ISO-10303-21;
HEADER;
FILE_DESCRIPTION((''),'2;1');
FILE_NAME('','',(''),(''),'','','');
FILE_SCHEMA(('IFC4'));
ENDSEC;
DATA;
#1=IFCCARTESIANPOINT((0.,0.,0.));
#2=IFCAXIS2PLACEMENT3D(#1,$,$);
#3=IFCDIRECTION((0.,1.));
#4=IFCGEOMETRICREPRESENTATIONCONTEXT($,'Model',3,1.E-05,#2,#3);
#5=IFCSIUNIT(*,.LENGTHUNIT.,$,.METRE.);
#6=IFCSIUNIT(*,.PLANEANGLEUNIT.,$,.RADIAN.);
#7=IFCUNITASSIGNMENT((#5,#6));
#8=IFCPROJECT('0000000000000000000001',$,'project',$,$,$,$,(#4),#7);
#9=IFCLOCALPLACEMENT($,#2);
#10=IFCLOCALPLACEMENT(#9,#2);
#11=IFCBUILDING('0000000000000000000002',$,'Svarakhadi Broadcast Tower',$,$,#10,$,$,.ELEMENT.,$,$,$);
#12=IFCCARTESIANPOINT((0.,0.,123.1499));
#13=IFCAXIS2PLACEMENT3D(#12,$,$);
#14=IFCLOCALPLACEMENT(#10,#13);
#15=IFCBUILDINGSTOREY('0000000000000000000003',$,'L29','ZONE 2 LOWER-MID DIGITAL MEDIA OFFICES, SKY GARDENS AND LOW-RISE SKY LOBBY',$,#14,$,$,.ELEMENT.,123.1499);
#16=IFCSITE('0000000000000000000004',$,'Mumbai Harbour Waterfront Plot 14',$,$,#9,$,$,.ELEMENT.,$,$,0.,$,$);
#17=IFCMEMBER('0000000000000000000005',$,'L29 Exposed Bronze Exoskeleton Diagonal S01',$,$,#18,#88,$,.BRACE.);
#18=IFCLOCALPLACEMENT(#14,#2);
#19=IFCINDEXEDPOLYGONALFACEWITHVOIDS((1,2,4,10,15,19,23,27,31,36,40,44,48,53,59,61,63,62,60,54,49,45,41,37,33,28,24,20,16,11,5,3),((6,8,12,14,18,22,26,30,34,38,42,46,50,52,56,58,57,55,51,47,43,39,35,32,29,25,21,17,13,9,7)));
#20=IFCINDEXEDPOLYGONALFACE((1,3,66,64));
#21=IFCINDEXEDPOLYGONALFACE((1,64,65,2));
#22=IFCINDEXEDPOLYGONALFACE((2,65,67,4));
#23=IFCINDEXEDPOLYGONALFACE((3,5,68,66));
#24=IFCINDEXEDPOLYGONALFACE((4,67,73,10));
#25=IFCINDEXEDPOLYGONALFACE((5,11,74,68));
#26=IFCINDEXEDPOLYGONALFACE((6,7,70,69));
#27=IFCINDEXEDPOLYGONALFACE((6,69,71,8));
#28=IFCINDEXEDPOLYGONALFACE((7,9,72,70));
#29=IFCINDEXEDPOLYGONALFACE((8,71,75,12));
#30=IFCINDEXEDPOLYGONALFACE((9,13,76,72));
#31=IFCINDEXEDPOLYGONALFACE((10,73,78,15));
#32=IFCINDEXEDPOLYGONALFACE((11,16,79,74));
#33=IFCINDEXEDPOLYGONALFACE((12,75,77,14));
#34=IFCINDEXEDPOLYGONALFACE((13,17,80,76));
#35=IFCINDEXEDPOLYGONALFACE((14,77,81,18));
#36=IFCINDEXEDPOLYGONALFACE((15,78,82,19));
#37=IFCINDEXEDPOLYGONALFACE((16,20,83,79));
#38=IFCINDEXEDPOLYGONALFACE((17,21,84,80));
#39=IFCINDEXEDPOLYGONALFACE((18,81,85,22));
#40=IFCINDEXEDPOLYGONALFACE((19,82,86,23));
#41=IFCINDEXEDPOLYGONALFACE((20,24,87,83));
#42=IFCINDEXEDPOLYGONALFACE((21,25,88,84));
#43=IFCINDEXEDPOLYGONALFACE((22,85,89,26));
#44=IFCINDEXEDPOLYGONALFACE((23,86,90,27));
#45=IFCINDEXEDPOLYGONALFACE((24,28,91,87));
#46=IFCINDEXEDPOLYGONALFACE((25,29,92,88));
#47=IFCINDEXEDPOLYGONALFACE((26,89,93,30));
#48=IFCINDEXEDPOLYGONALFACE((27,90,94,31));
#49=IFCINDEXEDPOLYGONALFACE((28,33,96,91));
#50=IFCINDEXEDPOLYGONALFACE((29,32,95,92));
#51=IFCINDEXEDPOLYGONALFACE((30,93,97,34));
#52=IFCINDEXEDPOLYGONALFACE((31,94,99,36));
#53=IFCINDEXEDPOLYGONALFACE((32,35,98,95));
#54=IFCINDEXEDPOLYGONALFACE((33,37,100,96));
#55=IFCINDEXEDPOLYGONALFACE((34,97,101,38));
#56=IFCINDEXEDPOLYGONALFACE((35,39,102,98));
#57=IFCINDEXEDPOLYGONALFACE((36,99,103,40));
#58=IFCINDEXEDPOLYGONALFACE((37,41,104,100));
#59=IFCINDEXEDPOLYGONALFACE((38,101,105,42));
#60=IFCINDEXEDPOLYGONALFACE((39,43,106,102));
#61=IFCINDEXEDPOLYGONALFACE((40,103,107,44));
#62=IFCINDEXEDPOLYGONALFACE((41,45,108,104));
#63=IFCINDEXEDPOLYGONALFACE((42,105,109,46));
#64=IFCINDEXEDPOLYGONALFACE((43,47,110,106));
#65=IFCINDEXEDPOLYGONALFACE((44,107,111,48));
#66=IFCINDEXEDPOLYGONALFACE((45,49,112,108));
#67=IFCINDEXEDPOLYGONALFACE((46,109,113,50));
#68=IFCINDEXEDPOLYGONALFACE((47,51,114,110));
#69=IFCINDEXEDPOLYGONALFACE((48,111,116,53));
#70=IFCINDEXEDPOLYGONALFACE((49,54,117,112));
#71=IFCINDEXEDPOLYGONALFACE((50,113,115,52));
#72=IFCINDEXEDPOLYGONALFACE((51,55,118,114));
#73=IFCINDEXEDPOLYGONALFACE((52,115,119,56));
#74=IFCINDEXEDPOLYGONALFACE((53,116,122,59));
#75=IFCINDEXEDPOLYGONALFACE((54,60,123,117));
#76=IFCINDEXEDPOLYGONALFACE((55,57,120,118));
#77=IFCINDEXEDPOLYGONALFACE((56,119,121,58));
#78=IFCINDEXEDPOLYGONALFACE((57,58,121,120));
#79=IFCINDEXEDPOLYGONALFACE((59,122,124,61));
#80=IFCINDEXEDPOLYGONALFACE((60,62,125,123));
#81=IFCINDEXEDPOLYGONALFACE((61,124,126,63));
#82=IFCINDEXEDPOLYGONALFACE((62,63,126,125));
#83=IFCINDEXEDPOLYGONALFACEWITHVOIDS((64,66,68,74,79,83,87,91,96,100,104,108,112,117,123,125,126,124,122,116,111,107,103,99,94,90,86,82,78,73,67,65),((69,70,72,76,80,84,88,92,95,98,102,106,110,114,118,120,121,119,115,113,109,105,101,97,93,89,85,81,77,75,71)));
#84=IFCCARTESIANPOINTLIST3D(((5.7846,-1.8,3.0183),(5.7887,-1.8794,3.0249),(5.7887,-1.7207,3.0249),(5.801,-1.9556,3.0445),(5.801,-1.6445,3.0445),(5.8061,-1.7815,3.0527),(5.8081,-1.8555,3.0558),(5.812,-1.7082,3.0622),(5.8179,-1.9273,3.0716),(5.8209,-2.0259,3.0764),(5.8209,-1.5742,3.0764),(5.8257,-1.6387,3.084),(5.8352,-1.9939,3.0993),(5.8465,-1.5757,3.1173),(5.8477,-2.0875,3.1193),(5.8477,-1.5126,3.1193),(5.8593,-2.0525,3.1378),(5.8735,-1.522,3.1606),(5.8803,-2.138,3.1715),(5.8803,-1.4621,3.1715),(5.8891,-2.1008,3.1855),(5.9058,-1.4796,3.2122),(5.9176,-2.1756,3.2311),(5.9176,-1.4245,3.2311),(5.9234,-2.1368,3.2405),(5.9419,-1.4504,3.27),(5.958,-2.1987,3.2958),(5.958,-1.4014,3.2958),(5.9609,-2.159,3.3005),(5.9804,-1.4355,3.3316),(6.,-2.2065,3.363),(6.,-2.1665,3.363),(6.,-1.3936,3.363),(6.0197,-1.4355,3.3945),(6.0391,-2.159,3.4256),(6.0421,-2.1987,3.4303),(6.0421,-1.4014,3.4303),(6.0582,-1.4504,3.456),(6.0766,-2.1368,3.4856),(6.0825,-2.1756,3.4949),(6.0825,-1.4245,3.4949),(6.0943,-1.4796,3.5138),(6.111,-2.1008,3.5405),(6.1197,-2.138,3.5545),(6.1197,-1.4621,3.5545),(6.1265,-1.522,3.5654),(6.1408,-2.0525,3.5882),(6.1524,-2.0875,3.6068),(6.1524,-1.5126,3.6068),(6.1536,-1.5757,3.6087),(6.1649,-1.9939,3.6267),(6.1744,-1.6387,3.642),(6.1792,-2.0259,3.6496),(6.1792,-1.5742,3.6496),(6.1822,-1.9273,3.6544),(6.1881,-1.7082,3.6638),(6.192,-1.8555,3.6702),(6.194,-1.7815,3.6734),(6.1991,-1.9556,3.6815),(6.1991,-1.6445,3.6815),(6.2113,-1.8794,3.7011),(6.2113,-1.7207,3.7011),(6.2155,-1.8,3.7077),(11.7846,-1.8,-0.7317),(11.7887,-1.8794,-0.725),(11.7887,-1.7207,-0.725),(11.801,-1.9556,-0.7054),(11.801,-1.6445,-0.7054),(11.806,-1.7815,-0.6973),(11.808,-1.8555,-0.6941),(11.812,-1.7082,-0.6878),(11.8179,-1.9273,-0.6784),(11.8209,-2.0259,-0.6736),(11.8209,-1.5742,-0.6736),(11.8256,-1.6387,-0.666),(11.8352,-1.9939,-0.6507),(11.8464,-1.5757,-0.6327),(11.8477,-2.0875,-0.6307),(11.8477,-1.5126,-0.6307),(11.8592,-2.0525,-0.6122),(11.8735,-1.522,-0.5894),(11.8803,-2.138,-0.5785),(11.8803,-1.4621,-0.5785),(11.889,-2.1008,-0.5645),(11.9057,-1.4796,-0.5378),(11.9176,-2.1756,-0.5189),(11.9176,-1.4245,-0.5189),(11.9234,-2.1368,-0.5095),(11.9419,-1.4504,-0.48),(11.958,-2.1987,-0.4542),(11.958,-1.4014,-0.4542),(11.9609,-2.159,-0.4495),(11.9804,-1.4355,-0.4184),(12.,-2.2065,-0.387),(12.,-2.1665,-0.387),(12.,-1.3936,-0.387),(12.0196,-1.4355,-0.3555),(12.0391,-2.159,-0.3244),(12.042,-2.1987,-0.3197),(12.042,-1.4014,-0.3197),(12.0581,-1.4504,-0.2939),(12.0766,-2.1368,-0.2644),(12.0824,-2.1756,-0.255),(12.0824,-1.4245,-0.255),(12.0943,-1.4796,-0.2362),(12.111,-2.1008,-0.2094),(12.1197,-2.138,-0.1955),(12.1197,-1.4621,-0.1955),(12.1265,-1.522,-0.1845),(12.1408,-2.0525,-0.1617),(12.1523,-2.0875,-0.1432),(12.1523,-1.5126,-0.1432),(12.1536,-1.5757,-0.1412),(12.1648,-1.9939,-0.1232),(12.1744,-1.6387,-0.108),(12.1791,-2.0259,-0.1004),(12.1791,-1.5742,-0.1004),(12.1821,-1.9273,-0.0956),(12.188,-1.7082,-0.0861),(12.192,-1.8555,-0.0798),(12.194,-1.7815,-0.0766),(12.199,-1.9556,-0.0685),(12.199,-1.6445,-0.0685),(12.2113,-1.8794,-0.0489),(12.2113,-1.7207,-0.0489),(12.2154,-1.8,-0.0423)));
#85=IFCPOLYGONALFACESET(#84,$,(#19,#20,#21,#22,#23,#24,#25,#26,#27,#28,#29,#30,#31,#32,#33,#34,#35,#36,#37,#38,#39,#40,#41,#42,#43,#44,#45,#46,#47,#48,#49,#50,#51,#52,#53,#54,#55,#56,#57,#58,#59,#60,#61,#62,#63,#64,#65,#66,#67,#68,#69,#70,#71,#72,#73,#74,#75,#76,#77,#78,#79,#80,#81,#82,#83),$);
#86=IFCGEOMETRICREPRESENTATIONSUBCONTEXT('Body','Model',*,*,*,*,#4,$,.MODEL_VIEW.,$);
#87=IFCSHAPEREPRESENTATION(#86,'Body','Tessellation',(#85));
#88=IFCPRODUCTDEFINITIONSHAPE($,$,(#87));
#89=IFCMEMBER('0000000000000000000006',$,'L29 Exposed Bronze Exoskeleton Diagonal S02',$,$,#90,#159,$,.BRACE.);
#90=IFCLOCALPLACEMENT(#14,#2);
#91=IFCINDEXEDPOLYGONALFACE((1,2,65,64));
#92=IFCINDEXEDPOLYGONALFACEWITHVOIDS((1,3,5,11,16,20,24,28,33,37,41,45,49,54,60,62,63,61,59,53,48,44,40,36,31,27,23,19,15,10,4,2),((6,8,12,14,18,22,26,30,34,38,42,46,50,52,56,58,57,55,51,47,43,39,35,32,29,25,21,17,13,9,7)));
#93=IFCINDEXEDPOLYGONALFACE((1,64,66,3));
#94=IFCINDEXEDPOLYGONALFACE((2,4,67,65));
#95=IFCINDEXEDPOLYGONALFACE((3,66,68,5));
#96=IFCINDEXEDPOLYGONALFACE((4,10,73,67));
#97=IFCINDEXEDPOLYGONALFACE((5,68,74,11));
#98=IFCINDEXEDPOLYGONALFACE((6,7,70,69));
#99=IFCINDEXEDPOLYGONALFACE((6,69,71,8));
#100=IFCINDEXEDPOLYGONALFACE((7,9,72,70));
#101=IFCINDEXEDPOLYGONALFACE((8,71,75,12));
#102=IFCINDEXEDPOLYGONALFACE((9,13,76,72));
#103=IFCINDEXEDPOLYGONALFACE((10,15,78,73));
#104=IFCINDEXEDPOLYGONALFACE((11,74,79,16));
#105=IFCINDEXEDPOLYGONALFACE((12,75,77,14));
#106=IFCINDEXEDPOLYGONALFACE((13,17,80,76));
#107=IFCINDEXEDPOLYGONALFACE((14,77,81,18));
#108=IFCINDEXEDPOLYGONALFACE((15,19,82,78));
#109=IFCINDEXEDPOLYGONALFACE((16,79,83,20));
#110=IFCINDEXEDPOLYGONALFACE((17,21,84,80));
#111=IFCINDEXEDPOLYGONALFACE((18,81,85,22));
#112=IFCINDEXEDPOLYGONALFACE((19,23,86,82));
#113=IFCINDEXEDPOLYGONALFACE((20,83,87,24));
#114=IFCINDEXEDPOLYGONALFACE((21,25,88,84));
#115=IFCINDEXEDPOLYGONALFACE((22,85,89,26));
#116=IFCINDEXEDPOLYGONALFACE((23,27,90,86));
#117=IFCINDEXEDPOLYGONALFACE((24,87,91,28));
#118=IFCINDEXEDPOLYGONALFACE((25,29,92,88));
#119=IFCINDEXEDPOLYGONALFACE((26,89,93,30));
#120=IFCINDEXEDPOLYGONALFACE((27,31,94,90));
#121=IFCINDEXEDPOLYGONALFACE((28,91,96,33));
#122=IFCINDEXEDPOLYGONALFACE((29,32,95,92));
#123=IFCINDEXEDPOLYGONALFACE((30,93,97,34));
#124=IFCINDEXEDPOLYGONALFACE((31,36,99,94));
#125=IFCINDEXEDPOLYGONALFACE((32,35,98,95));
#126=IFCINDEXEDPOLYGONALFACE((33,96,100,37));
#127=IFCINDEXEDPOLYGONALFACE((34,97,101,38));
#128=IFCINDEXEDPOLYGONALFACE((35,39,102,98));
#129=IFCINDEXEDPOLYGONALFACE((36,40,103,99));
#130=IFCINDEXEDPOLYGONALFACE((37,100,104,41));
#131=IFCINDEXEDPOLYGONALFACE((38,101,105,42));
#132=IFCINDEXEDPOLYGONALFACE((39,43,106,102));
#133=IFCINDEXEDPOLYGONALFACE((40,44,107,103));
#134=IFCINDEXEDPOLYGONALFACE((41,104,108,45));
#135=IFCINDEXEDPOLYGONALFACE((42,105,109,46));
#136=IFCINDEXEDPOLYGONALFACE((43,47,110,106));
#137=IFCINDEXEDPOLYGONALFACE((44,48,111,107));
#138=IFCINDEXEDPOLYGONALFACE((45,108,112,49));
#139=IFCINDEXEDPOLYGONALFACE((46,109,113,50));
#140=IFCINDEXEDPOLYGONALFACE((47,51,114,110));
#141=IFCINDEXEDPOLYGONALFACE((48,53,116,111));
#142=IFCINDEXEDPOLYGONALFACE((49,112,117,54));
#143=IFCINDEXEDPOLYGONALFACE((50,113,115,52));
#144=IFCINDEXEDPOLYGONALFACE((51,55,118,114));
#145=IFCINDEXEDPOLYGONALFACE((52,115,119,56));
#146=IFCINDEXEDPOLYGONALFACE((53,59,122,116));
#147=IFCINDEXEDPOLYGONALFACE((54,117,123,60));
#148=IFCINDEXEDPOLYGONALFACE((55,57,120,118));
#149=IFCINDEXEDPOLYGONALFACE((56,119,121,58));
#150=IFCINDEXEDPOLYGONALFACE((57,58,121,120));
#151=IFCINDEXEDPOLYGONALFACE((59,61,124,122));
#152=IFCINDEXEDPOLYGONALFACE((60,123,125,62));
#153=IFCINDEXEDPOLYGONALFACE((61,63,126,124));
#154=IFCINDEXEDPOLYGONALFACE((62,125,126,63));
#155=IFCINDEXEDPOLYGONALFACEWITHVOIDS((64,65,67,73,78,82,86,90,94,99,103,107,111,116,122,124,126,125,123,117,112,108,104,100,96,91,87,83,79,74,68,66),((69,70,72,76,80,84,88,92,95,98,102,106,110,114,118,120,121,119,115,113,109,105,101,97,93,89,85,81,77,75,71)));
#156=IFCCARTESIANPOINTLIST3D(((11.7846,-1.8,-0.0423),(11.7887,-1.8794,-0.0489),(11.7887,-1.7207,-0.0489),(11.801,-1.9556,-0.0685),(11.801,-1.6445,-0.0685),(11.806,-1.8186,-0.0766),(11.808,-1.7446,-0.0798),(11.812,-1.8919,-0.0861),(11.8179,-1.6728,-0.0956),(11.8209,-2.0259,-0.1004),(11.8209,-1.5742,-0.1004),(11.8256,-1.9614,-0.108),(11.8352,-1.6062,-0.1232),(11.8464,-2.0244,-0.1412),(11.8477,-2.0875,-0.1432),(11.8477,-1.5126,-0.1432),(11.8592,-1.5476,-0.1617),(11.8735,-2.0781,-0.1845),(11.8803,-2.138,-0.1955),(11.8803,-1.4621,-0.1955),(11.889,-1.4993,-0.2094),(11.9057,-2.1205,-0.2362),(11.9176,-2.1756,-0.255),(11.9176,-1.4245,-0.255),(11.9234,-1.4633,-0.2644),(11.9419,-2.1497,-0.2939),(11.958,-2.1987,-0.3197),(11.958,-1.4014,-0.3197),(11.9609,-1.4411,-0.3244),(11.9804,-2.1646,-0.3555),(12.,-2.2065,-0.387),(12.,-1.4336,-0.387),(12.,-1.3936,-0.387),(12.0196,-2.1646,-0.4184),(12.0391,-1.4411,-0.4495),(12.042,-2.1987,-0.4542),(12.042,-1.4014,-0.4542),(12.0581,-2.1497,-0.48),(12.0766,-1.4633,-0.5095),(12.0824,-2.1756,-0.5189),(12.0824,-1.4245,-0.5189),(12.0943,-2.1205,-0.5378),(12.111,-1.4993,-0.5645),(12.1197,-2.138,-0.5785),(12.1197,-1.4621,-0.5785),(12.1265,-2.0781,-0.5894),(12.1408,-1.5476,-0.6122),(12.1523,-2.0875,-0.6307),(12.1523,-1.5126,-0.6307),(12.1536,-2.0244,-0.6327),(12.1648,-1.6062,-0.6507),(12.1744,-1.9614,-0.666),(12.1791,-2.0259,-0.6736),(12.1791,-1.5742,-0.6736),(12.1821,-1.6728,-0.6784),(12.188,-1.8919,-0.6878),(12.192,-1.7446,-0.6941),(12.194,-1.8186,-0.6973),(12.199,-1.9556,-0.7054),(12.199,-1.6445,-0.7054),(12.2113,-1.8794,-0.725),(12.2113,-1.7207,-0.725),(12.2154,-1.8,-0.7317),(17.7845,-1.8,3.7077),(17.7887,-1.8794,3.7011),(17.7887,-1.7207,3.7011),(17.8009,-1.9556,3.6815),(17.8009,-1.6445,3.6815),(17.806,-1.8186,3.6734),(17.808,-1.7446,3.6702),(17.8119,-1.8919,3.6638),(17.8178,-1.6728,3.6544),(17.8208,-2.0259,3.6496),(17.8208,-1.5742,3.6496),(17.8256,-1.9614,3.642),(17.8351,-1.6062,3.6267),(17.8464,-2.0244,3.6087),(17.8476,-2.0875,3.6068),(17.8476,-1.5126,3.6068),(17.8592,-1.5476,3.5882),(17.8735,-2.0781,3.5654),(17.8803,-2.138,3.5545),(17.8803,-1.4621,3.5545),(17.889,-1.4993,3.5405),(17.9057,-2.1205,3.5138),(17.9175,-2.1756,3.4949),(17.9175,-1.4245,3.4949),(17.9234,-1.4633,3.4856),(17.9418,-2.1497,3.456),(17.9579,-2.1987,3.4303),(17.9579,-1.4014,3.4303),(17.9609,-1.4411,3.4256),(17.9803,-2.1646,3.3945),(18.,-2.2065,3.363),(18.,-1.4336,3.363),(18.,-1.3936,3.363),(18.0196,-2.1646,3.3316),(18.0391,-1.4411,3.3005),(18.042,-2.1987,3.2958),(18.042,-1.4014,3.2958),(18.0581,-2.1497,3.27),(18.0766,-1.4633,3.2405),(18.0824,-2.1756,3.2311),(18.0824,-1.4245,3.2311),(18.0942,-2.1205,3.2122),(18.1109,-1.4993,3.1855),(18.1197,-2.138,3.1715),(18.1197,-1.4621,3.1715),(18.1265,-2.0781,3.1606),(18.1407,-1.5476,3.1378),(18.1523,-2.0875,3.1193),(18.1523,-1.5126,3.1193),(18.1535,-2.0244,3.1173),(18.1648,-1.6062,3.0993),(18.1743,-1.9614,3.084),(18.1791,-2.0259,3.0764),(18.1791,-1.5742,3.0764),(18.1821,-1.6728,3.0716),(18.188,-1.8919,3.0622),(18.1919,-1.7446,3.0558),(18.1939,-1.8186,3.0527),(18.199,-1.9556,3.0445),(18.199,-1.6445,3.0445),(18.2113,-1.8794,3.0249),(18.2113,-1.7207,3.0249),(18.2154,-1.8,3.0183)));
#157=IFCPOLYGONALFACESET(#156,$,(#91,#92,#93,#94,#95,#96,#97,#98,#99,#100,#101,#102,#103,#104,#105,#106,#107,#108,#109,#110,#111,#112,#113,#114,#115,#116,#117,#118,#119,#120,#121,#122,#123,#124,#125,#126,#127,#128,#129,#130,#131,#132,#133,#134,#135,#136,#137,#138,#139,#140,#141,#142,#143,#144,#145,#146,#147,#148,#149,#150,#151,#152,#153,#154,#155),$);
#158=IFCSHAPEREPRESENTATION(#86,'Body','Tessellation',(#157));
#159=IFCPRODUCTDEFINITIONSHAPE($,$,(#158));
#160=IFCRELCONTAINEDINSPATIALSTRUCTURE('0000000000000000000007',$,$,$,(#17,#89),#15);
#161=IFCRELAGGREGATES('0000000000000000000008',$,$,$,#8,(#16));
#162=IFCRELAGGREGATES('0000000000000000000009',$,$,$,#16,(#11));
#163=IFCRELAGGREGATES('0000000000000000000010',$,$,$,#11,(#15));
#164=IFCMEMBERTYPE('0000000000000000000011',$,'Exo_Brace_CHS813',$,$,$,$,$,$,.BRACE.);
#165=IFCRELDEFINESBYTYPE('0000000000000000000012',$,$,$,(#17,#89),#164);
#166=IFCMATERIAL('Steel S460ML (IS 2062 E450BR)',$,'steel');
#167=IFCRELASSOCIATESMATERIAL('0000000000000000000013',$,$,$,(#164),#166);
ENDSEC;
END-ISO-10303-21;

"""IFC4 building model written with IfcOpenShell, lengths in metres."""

from ifc_helpers import new_model, si_unit, direction, frame, origin, origin_2d, place, context, subcontext, project, spatial, hollow_circle, extrude, material, material_profile, profile_set, type_object, element, save


model = new_model("IFC4")

# Units and contexts
model_context = context("Model", 3, precision=1e-05, world=origin(), true_north=direction((0.0, 1.0)))
body_context = subcontext(model_context, "Body", "Model", "MODEL_VIEW")
ifc_project = project(units=[si_unit("LENGTHUNIT", "METRE"), si_unit("PLANEANGLEUNIT", "RADIAN")], contexts=[model_context])

# Site, building, storey
site_placement = place(None, origin())
site = spatial("IfcSite", under=ifc_project, at=site_placement, Name="Mumbai Harbour Waterfront Plot 14", CompositionType="ELEMENT", RefElevation=0.0)
building_placement = place(site_placement, origin())
building = spatial("IfcBuilding", under=site, at=building_placement, Name="Svarakhadi Broadcast Tower", CompositionType="ELEMENT")
storey_placement = place(building_placement, frame((0.0, 0.0, 123.1499)))
storey = spatial("IfcBuildingStorey", under=building, at=storey_placement, Name="L29", Description="ZONE 2 LOWER-MID DIGITAL MEDIA OFFICES, SKY GARDENS AND LOW-RISE SKY LOBBY", CompositionType="ELEMENT", Elevation=123.1499)

# Shared definitions
ifc_material_1 = material(Name="Steel S460ML (IS 2062 E450BR)", Category="steel")

# Members
ifc_material_profile_1 = material_profile(ifc_material_1, hollow_circle(Radius=0.4065, WallThickness=0.04, at=origin_2d()), Name="CHS 813x40")
ifc_profile_set_1 = profile_set([ifc_material_profile_1], Name="Steel S460ML (IS 2062 E450BR)")
member_type_1 = type_object("IfcMemberType", Name="Exo_Brace_CHS813", PredefinedType="BRACE", material=ifc_profile_set_1)
for number, where, z_axis, x_axis, name in (
    (1, (12.0, -1.8, -0.387), (-0.847998, 0.0, 0.529999), (0.0, -1.0, 0.0), "L29 Exposed Bronze Exoskeleton Diagonal S01"),
    (2, (12.0, -1.8, -0.387), (0.847998, 0.0, 0.529999), (0.0, 1.0, 0.0), "L29 Exposed Bronze Exoskeleton Diagonal S02"),
):
    element("IfcMember", number, at=place(storey_placement, frame(where, z_axis=z_axis, x_axis=x_axis)), inside=storey, type_object=member_type_1, Name=name, PredefinedType="BRACE", context=body_context, shape_type="SweptSolid", body=[
        extrude(hollow_circle(Radius=0.4065, WallThickness=0.04, at=origin_2d()), origin(), (0.0, 0.0, 1.0), 7.0754),
    ])

save(model, "model.ifc")
